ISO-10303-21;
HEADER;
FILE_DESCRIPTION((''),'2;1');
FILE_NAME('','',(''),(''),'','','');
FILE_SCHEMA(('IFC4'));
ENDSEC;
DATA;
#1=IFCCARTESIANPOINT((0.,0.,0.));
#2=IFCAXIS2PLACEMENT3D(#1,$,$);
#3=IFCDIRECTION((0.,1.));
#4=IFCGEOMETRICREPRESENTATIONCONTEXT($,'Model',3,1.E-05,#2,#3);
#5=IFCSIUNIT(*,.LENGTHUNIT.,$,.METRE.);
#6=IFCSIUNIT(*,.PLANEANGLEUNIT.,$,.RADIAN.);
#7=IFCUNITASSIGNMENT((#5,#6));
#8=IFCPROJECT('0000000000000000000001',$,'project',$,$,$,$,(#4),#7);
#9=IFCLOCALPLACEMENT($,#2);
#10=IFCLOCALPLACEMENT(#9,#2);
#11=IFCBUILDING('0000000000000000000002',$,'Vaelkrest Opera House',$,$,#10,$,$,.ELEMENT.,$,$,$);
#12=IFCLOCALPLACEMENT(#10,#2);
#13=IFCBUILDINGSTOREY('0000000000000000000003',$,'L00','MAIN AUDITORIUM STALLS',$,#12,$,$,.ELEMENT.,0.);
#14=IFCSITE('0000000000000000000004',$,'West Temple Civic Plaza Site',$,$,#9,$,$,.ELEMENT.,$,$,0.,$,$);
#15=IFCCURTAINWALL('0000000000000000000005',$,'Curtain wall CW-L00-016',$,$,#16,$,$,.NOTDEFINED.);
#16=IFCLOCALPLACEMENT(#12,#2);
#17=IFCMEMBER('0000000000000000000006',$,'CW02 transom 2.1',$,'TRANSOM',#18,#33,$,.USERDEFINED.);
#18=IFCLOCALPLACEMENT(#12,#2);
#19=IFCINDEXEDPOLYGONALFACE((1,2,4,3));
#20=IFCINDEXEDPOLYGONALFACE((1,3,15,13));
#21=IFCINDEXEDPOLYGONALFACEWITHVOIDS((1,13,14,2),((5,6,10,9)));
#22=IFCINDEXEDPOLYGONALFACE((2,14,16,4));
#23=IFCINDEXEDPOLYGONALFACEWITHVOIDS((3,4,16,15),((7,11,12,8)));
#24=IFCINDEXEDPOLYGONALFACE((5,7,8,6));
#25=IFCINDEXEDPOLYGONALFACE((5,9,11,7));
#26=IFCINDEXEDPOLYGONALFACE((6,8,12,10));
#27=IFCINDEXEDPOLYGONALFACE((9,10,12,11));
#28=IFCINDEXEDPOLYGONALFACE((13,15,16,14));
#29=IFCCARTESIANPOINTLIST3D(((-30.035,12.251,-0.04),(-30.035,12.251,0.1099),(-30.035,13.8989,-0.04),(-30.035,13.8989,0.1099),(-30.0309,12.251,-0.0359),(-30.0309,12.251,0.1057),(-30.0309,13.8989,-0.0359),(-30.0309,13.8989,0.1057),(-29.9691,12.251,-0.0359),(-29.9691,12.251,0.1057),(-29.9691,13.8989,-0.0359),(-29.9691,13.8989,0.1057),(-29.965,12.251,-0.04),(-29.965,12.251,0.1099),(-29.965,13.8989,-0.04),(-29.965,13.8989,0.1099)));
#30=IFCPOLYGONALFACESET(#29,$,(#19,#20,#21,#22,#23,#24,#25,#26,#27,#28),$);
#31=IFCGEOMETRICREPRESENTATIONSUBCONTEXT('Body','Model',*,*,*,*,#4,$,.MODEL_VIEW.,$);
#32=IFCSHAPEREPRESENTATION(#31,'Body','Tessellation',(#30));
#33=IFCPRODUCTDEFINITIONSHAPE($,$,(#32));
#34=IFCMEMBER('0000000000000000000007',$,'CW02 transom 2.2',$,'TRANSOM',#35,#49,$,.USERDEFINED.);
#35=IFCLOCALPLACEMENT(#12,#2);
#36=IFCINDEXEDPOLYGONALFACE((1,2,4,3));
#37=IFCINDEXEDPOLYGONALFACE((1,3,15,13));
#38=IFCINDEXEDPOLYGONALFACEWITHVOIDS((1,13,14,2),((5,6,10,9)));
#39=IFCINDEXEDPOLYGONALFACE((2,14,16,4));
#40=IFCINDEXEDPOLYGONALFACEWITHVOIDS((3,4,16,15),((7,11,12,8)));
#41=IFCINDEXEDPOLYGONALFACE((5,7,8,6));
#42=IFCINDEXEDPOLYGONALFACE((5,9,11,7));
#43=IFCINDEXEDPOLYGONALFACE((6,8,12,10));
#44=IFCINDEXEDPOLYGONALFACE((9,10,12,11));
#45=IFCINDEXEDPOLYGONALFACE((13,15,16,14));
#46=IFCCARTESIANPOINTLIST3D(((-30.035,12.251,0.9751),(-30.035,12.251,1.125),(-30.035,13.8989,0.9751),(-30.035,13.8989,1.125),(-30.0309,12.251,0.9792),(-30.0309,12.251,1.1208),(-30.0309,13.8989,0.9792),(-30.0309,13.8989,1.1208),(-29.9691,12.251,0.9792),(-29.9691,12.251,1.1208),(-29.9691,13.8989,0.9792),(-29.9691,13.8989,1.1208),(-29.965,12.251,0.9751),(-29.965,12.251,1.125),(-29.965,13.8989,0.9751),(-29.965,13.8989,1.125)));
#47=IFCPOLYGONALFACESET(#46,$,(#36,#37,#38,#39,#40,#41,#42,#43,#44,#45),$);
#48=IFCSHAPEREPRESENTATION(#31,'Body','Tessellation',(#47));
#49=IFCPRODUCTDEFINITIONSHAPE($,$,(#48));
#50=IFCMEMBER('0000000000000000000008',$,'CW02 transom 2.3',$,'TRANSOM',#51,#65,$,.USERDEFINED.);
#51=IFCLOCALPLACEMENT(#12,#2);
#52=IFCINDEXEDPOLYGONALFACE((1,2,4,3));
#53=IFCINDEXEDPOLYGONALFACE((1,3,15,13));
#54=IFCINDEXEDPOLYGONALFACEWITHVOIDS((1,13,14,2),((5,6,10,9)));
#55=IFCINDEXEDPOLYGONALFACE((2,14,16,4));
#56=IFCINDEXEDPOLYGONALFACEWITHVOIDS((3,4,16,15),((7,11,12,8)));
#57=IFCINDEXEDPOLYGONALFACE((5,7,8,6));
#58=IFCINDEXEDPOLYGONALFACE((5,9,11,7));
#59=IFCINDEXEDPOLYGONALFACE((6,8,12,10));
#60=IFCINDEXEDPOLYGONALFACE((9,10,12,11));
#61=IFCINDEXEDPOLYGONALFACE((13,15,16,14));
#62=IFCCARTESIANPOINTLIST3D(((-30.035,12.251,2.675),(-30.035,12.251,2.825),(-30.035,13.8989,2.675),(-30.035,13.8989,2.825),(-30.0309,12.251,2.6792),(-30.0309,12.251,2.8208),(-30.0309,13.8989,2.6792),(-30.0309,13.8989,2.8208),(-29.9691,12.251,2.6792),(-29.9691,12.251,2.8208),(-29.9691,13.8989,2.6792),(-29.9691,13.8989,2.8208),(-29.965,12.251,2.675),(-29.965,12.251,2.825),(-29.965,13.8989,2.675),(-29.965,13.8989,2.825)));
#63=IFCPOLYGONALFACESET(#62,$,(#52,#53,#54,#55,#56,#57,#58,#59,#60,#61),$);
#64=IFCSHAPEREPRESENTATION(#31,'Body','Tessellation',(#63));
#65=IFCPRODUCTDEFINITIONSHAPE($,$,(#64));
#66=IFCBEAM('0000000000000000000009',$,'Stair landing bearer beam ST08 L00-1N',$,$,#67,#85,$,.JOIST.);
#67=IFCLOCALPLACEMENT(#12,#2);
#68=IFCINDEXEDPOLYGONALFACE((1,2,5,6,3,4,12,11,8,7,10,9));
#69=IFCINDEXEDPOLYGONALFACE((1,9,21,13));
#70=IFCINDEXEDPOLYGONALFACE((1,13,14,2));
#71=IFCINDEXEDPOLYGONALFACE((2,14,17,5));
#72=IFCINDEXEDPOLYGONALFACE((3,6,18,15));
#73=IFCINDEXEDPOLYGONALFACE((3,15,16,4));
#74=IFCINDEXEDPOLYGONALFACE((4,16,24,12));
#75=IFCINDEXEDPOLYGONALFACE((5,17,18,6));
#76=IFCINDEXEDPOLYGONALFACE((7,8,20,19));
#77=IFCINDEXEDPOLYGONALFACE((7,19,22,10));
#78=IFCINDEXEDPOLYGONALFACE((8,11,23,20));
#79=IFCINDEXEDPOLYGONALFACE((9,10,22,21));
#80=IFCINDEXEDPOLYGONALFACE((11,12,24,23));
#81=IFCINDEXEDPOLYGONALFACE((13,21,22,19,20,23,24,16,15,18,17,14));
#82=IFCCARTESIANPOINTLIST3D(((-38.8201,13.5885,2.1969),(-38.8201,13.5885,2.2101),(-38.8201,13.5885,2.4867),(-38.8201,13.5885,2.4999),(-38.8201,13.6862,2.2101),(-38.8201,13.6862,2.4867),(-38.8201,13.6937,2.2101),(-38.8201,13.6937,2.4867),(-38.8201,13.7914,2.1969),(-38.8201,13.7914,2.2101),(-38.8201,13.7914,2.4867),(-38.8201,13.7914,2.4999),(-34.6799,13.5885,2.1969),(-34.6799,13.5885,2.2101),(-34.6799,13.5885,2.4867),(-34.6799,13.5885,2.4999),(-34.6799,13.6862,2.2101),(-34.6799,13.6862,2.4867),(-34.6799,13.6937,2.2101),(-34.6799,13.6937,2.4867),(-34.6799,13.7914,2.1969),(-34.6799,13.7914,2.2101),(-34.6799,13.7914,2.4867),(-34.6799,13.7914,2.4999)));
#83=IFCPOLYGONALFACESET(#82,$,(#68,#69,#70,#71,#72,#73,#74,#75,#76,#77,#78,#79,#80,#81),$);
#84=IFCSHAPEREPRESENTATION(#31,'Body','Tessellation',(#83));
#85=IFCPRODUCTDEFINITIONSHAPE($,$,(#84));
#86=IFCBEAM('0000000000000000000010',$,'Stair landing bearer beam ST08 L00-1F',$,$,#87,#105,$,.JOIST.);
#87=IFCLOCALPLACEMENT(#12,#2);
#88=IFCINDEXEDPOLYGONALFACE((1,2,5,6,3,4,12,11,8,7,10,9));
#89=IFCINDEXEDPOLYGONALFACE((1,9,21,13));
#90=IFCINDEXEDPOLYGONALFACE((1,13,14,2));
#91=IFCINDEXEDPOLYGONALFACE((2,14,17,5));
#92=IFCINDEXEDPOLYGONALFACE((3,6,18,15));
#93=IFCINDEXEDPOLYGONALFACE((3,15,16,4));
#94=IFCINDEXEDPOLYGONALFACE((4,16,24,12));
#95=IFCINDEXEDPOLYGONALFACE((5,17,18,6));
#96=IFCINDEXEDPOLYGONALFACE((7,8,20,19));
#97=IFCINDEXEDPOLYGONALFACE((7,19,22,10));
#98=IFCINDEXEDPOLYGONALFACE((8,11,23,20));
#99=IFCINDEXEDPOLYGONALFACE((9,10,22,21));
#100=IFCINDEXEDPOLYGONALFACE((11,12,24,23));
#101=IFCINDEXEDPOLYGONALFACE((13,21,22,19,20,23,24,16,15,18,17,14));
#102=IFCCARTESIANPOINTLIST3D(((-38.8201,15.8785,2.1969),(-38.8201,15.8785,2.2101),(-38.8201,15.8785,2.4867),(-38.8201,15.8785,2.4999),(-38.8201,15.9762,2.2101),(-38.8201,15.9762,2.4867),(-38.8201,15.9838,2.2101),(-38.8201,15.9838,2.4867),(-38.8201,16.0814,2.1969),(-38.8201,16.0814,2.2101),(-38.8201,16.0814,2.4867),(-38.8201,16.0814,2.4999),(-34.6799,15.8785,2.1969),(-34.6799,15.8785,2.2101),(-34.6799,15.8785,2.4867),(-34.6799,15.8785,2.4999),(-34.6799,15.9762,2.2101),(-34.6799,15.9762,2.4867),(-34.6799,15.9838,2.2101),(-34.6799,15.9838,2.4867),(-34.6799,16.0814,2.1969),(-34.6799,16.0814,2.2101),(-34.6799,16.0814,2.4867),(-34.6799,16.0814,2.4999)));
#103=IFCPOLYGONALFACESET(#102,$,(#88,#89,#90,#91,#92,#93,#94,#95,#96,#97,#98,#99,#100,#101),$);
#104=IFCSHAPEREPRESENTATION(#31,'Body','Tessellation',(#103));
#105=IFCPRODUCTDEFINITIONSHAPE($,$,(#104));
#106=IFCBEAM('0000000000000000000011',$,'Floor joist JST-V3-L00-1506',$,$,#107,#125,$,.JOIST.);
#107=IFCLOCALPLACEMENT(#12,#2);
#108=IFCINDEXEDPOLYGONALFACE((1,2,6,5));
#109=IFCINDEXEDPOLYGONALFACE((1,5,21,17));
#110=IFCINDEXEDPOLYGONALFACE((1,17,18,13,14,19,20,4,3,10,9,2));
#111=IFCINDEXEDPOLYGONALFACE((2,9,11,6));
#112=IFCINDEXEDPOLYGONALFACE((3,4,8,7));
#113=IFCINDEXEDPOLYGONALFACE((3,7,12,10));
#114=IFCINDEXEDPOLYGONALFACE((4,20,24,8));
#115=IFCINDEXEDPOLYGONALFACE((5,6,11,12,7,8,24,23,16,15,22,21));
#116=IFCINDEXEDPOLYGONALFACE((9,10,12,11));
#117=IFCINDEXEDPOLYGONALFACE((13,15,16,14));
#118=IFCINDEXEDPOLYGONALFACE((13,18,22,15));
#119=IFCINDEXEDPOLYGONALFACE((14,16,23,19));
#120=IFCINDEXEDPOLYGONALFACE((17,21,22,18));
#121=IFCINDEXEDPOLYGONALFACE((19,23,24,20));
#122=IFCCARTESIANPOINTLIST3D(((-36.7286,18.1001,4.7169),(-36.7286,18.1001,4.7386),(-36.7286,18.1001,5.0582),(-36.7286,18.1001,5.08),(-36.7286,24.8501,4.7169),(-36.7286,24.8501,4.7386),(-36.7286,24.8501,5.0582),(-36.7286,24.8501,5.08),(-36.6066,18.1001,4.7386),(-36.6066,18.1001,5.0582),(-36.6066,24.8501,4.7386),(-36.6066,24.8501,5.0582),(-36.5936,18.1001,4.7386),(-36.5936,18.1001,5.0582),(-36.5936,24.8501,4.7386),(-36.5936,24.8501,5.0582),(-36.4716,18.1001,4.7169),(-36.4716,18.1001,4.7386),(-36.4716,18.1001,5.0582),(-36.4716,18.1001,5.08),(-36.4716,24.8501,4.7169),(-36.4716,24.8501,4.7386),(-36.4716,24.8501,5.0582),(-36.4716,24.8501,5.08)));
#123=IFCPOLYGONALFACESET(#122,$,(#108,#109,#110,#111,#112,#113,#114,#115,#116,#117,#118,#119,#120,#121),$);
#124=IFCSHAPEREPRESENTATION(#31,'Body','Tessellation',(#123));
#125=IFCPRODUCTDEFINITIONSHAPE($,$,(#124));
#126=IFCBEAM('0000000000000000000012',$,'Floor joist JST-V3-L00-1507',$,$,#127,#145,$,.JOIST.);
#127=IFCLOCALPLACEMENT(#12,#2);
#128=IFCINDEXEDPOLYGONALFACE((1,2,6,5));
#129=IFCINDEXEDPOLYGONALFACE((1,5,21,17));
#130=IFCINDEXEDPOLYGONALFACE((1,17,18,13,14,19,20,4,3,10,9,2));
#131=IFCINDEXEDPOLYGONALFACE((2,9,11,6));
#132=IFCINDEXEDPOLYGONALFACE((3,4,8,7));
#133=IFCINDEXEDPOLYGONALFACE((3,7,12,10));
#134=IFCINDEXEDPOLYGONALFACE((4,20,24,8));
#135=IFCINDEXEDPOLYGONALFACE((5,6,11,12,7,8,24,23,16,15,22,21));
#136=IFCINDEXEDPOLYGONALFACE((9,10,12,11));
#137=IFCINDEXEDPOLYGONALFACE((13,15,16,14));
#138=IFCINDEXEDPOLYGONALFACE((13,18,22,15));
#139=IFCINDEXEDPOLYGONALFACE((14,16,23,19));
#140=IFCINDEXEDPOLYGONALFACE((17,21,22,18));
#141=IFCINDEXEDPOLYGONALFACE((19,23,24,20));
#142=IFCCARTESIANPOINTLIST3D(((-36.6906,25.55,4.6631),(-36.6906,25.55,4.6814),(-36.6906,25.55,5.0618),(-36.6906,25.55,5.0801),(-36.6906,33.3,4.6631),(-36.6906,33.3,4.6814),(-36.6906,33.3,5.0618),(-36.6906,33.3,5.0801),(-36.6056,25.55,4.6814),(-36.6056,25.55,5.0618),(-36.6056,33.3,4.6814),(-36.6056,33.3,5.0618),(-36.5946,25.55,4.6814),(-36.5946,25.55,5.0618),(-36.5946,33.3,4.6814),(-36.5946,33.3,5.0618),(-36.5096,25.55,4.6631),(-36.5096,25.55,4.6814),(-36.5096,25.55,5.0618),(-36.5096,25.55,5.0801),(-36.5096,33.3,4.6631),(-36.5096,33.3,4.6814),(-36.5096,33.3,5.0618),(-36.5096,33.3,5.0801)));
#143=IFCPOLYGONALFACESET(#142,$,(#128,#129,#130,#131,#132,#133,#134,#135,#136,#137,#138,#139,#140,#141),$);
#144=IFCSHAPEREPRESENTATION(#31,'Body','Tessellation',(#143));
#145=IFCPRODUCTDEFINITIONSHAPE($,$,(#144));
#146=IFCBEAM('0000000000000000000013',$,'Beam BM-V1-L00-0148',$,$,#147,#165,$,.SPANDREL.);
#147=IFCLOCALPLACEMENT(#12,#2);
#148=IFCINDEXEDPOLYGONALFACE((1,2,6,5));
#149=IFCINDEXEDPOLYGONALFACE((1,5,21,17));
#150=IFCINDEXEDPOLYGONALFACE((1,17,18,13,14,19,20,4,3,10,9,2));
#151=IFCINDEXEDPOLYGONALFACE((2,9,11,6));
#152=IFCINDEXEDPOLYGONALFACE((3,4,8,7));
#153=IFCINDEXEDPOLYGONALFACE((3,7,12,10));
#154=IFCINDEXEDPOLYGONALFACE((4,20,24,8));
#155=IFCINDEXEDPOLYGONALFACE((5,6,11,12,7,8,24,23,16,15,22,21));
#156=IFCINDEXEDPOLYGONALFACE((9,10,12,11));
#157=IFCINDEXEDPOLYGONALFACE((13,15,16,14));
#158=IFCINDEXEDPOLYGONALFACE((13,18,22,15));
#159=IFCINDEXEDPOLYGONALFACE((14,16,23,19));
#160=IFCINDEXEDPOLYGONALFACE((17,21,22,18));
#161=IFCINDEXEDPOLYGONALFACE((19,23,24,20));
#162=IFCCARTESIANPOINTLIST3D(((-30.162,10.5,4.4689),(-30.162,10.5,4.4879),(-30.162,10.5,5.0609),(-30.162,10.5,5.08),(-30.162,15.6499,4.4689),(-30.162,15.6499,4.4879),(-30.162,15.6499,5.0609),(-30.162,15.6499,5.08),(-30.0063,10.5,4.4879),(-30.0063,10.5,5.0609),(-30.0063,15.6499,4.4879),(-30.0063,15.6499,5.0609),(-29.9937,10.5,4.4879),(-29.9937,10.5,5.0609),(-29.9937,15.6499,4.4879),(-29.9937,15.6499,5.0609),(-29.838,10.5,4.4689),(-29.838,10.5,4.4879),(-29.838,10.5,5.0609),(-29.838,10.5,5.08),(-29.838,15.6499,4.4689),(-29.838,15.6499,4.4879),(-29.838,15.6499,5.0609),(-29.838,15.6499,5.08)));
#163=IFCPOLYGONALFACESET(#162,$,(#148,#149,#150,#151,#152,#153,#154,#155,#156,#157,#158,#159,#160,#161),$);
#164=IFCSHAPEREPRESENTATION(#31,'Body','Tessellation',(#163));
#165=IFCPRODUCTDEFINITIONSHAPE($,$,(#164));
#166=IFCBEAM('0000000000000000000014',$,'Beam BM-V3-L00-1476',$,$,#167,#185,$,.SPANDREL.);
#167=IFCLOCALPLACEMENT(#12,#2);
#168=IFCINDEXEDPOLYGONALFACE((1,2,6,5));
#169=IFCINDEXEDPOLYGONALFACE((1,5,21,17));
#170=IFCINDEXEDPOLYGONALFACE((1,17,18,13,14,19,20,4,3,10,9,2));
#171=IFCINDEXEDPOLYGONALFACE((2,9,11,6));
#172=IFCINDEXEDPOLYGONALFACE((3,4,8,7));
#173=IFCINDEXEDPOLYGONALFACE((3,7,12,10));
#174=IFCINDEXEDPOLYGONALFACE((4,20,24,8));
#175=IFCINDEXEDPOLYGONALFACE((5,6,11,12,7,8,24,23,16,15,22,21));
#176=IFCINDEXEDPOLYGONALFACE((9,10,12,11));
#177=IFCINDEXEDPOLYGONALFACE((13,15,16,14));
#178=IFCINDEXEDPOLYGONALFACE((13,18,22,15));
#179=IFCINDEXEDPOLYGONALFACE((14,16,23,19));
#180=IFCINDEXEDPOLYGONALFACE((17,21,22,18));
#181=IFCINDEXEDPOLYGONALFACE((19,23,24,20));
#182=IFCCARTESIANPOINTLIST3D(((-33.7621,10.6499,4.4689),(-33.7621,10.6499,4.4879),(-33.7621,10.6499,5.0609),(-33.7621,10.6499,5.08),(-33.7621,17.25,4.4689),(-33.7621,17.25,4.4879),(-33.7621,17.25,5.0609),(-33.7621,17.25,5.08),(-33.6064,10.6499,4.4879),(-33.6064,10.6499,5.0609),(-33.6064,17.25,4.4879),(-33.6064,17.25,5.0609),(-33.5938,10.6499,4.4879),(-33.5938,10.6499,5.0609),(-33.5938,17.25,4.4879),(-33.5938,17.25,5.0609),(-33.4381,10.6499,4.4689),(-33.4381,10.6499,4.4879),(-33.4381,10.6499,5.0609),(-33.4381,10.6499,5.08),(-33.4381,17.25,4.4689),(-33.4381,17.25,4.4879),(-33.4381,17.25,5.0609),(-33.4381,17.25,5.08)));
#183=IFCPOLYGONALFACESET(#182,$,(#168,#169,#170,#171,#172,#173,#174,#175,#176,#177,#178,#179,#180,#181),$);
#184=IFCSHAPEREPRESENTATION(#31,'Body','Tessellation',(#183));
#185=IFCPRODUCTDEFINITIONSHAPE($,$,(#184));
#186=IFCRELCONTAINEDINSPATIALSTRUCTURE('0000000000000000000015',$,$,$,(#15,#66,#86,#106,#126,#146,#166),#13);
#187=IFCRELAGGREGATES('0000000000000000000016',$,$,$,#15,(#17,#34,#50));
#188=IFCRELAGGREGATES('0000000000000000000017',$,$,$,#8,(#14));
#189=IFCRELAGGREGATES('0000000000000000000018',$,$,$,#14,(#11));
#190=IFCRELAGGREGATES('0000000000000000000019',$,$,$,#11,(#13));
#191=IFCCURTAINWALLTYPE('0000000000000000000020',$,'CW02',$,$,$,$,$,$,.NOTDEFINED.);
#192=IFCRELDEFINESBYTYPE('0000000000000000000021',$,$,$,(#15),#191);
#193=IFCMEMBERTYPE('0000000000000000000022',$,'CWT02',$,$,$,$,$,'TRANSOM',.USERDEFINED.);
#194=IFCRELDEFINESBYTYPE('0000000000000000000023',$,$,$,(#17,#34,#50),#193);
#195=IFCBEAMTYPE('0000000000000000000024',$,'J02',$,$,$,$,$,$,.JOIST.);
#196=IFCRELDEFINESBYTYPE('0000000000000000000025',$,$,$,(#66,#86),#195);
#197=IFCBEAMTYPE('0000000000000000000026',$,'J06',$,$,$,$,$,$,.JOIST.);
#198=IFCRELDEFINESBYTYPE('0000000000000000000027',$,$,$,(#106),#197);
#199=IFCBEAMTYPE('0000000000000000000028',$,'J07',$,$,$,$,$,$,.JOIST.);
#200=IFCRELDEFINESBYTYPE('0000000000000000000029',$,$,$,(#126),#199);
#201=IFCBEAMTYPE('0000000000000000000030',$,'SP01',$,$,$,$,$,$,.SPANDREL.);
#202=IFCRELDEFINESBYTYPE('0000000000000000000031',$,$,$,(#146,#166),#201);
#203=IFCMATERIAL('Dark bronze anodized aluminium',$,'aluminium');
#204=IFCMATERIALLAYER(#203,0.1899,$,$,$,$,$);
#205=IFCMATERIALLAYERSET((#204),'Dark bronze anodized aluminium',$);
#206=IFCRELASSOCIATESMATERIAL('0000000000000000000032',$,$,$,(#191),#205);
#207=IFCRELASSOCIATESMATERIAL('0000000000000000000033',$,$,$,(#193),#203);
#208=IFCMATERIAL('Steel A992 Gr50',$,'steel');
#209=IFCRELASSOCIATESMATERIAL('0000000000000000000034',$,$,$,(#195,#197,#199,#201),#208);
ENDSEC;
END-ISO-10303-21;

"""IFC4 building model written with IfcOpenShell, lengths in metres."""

from ifc_helpers import new_model, si_unit, direction, frame, origin, origin_2d, place, context, subcontext, project, spatial, hollow_rectangle, i_section, extrude, material, layer, layer_set, material_profile, profile_set, type_object, element, aggregate, save


model = new_model("IFC4")

# Units and contexts
model_context = context("Model", 3, precision=1e-05, world=origin(), true_north=direction((0.0, 1.0)))
body_context = subcontext(model_context, "Body", "Model", "MODEL_VIEW")
ifc_project = project(units=[si_unit("LENGTHUNIT", "METRE"), si_unit("PLANEANGLEUNIT", "RADIAN")], contexts=[model_context])

# Site, building, storey
site_placement = place(None, origin())
site = spatial("IfcSite", under=ifc_project, at=site_placement, Name="West Temple Civic Plaza Site", CompositionType="ELEMENT", RefElevation=0.0)
building_placement = place(site_placement, origin())
building = spatial("IfcBuilding", under=site, at=building_placement, Name="Vaelkrest Opera House", CompositionType="ELEMENT")
storey_placement = place(building_placement, origin())
storey = spatial("IfcBuildingStorey", under=building, at=storey_placement, Name="L00", Description="MAIN AUDITORIUM STALLS", CompositionType="ELEMENT", Elevation=0.0)

# Shared definitions
ifc_material_1 = material(Name="Dark bronze anodized aluminium", Category="aluminium")

# Curtain wall
ifc_layer_1 = layer(ifc_material_1, 0.1899)
ifc_layer_set_1 = layer_set([ifc_layer_1], Name="Dark bronze anodized aluminium")
curtain_wall_type_1 = type_object("IfcCurtainWallType", Name="CW02", PredefinedType="NOTDEFINED", material=ifc_layer_set_1)
curtain_wall_1_placement = place(storey_placement, origin())
curtain_wall_1 = element("IfcCurtainWall", 1, at=curtain_wall_1_placement, inside=storey, type_object=curtain_wall_type_1, Name="Curtain wall CW-L00-016", PredefinedType="NOTDEFINED")

# Members
ifc_material_profile_1 = material_profile(ifc_material_1, hollow_rectangle(XDim=0.0701, YDim=0.1499, WallThickness=0.0042, at=origin_2d()), Name="CWT70X150")
ifc_profile_set_1 = profile_set([ifc_material_profile_1], Name="Dark bronze anodized aluminium")
member_type_1 = type_object("IfcMemberType", Name="CWT02", ElementType="TRANSOM", PredefinedType="USERDEFINED", material=ifc_profile_set_1)
member_1_placement = place(storey_placement, frame((-30.0, 12.251, 0.0349), z_axis=(0.0, 1.0, 0.0), x_axis=(-1.0, 0.0, 0.0)))
member_1 = element("IfcMember", 2, at=member_1_placement, type_object=member_type_1, Name="CW02 transom 2.1", ObjectType="TRANSOM", PredefinedType="USERDEFINED", context=body_context, shape_type="SweptSolid", body=[
    extrude(hollow_rectangle(XDim=0.0701, YDim=0.1499, WallThickness=0.0042, at=origin_2d()), origin(), (0.0, 0.0, 1.0), 1.6479),
])
member_2_placement = place(storey_placement, frame((-30.0, 12.251, 1.05), z_axis=(0.0, 1.0, 0.0), x_axis=(-1.0, 0.0, 0.0)))
member_2 = element("IfcMember", 3, at=member_2_placement, type_object=member_type_1, Name="CW02 transom 2.2", ObjectType="TRANSOM", PredefinedType="USERDEFINED", context=body_context, shape_type="SweptSolid", body=[
    extrude(hollow_rectangle(XDim=0.0701, YDim=0.1499, WallThickness=0.0042, at=origin_2d()), origin(), (0.0, 0.0, 1.0), 1.6479),
])
member_3_placement = place(storey_placement, frame((-30.0, 12.251, 2.75), z_axis=(0.0, 1.0, 0.0), x_axis=(-1.0, 0.0, 0.0)))
member_3 = element("IfcMember", 4, at=member_3_placement, type_object=member_type_1, Name="CW02 transom 2.3", ObjectType="TRANSOM", PredefinedType="USERDEFINED", context=body_context, shape_type="SweptSolid", body=[
    extrude(hollow_rectangle(XDim=0.0701, YDim=0.1499, WallThickness=0.0042, at=origin_2d()), origin(), (0.0, 0.0, 1.0), 1.6479),
])

# Beams
ifc_material_2 = material(Name="Steel A992 Gr50", Category="steel")
ifc_material_profile_2 = material_profile(ifc_material_2, i_section(OverallWidth=0.2029, OverallDepth=0.303, WebThickness=0.0076, FlangeThickness=0.0132, at=origin_2d()), Name="W12X40")
ifc_profile_set_2 = profile_set([ifc_material_profile_2], Name="Steel A992 Gr50")
beam_type_1 = type_object("IfcBeamType", Name="J02", PredefinedType="JOIST", material=ifc_profile_set_2)
for number, where, z_axis, x_axis, name in (
    (5, (-38.8201, 13.6899, 2.3484), (1.0, 0.0, 0.0), (0.0, 1.0, 0.0), "Stair landing bearer beam ST08 L00-1N"),
    (6, (-38.8201, 15.98, 2.3484), (1.0, 0.0, 0.0), (0.0, 1.0, 0.0), "Stair landing bearer beam ST08 L00-1F"),
):
    element("IfcBeam", number, at=place(storey_placement, frame(where, z_axis=z_axis, x_axis=x_axis)), inside=storey, type_object=beam_type_1, Name=name, PredefinedType="JOIST", context=body_context, shape_type="SweptSolid", body=[
        extrude(i_section(OverallWidth=0.2029, OverallDepth=0.303, WebThickness=0.0076, FlangeThickness=0.0132, at=origin_2d()), origin(), (0.0, 0.0, 1.0), 4.1401),
    ])
ifc_material_profile_3 = material_profile(ifc_material_2, i_section(OverallWidth=0.2571, OverallDepth=0.363, WebThickness=0.0129, FlangeThickness=0.0217, at=origin_2d()), Name="W14X82")
ifc_profile_set_3 = profile_set([ifc_material_profile_3], Name="Steel A992 Gr50")
beam_type_2 = type_object("IfcBeamType", Name="J06", PredefinedType="JOIST", material=ifc_profile_set_3)
beam_1_placement = place(storey_placement, frame((-36.6001, 18.1001, 4.8984), z_axis=(0.0, 1.0, 0.0), x_axis=(-1.0, 0.0, 0.0)))
element("IfcBeam", 7, at=beam_1_placement, inside=storey, type_object=beam_type_2, Name="Floor joist JST-V3-L00-1506", PredefinedType="JOIST", context=body_context, shape_type="SweptSolid", body=[
    extrude(i_section(OverallWidth=0.2571, OverallDepth=0.363, WebThickness=0.0129, FlangeThickness=0.0217, at=origin_2d()), origin(), (0.0, 0.0, 1.0), 6.75),
])
ifc_material_profile_4 = material_profile(ifc_material_2, i_section(OverallWidth=0.1809, OverallDepth=0.417, WebThickness=0.011, FlangeThickness=0.0183, at=origin_2d()), Name="W16X57")
ifc_profile_set_4 = profile_set([ifc_material_profile_4], Name="Steel A992 Gr50")
beam_type_3 = type_object("IfcBeamType", Name="J07", PredefinedType="JOIST", material=ifc_profile_set_4)
beam_2_placement = place(storey_placement, frame((-36.6001, 25.55, 4.8716), z_axis=(0.0, 1.0, 0.0), x_axis=(-1.0, 0.0, 0.0)))
element("IfcBeam", 8, at=beam_2_placement, inside=storey, type_object=beam_type_3, Name="Floor joist JST-V3-L00-1507", PredefinedType="JOIST", context=body_context, shape_type="SweptSolid", body=[
    extrude(i_section(OverallWidth=0.1809, OverallDepth=0.417, WebThickness=0.011, FlangeThickness=0.0183, at=origin_2d()), origin(), (0.0, 0.0, 1.0), 7.75),
])
ifc_material_profile_5 = material_profile(ifc_material_2, i_section(OverallWidth=0.324, OverallDepth=0.6111, WebThickness=0.0127, FlangeThickness=0.019, at=origin_2d()), Name="W24X104")
ifc_profile_set_5 = profile_set([ifc_material_profile_5], Name="Steel A992 Gr50")
beam_type_4 = type_object("IfcBeamType", Name="SP01", PredefinedType="SPANDREL", material=ifc_profile_set_5)
beam_3_placement = place(storey_placement, frame((-30.0, 10.5, 4.7744), z_axis=(0.0, 1.0, 0.0), x_axis=(-1.0, 0.0, 0.0)))
element("IfcBeam", 9, at=beam_3_placement, inside=storey, type_object=beam_type_4, Name="Beam BM-V1-L00-0148", PredefinedType="SPANDREL", context=body_context, shape_type="SweptSolid", body=[
    extrude(i_section(OverallWidth=0.324, OverallDepth=0.6111, WebThickness=0.0127, FlangeThickness=0.019, at=origin_2d()), origin(), (0.0, 0.0, 1.0), 5.1499),
])
for number, where, z_axis, x_axis, name in (
    (10, (-33.6001, 10.6499, 4.7744), (0.0, 1.0, 0.0), (-1.0, 0.0, 0.0), "Beam BM-V3-L00-1476"),
):
    element("IfcBeam", number, at=place(storey_placement, frame(where, z_axis=z_axis, x_axis=x_axis)), inside=storey, type_object=beam_type_4, Name=name, PredefinedType="SPANDREL", context=body_context, shape_type="SweptSolid", body=[
        extrude(i_section(OverallWidth=0.324, OverallDepth=0.6111, WebThickness=0.0127, FlangeThickness=0.019, at=origin_2d()), origin(), (0.0, 0.0, 1.0), 6.6001),
    ])

aggregate(curtain_wall_1, [member_1, member_2, member_3])

save(model, "model.ifc")
